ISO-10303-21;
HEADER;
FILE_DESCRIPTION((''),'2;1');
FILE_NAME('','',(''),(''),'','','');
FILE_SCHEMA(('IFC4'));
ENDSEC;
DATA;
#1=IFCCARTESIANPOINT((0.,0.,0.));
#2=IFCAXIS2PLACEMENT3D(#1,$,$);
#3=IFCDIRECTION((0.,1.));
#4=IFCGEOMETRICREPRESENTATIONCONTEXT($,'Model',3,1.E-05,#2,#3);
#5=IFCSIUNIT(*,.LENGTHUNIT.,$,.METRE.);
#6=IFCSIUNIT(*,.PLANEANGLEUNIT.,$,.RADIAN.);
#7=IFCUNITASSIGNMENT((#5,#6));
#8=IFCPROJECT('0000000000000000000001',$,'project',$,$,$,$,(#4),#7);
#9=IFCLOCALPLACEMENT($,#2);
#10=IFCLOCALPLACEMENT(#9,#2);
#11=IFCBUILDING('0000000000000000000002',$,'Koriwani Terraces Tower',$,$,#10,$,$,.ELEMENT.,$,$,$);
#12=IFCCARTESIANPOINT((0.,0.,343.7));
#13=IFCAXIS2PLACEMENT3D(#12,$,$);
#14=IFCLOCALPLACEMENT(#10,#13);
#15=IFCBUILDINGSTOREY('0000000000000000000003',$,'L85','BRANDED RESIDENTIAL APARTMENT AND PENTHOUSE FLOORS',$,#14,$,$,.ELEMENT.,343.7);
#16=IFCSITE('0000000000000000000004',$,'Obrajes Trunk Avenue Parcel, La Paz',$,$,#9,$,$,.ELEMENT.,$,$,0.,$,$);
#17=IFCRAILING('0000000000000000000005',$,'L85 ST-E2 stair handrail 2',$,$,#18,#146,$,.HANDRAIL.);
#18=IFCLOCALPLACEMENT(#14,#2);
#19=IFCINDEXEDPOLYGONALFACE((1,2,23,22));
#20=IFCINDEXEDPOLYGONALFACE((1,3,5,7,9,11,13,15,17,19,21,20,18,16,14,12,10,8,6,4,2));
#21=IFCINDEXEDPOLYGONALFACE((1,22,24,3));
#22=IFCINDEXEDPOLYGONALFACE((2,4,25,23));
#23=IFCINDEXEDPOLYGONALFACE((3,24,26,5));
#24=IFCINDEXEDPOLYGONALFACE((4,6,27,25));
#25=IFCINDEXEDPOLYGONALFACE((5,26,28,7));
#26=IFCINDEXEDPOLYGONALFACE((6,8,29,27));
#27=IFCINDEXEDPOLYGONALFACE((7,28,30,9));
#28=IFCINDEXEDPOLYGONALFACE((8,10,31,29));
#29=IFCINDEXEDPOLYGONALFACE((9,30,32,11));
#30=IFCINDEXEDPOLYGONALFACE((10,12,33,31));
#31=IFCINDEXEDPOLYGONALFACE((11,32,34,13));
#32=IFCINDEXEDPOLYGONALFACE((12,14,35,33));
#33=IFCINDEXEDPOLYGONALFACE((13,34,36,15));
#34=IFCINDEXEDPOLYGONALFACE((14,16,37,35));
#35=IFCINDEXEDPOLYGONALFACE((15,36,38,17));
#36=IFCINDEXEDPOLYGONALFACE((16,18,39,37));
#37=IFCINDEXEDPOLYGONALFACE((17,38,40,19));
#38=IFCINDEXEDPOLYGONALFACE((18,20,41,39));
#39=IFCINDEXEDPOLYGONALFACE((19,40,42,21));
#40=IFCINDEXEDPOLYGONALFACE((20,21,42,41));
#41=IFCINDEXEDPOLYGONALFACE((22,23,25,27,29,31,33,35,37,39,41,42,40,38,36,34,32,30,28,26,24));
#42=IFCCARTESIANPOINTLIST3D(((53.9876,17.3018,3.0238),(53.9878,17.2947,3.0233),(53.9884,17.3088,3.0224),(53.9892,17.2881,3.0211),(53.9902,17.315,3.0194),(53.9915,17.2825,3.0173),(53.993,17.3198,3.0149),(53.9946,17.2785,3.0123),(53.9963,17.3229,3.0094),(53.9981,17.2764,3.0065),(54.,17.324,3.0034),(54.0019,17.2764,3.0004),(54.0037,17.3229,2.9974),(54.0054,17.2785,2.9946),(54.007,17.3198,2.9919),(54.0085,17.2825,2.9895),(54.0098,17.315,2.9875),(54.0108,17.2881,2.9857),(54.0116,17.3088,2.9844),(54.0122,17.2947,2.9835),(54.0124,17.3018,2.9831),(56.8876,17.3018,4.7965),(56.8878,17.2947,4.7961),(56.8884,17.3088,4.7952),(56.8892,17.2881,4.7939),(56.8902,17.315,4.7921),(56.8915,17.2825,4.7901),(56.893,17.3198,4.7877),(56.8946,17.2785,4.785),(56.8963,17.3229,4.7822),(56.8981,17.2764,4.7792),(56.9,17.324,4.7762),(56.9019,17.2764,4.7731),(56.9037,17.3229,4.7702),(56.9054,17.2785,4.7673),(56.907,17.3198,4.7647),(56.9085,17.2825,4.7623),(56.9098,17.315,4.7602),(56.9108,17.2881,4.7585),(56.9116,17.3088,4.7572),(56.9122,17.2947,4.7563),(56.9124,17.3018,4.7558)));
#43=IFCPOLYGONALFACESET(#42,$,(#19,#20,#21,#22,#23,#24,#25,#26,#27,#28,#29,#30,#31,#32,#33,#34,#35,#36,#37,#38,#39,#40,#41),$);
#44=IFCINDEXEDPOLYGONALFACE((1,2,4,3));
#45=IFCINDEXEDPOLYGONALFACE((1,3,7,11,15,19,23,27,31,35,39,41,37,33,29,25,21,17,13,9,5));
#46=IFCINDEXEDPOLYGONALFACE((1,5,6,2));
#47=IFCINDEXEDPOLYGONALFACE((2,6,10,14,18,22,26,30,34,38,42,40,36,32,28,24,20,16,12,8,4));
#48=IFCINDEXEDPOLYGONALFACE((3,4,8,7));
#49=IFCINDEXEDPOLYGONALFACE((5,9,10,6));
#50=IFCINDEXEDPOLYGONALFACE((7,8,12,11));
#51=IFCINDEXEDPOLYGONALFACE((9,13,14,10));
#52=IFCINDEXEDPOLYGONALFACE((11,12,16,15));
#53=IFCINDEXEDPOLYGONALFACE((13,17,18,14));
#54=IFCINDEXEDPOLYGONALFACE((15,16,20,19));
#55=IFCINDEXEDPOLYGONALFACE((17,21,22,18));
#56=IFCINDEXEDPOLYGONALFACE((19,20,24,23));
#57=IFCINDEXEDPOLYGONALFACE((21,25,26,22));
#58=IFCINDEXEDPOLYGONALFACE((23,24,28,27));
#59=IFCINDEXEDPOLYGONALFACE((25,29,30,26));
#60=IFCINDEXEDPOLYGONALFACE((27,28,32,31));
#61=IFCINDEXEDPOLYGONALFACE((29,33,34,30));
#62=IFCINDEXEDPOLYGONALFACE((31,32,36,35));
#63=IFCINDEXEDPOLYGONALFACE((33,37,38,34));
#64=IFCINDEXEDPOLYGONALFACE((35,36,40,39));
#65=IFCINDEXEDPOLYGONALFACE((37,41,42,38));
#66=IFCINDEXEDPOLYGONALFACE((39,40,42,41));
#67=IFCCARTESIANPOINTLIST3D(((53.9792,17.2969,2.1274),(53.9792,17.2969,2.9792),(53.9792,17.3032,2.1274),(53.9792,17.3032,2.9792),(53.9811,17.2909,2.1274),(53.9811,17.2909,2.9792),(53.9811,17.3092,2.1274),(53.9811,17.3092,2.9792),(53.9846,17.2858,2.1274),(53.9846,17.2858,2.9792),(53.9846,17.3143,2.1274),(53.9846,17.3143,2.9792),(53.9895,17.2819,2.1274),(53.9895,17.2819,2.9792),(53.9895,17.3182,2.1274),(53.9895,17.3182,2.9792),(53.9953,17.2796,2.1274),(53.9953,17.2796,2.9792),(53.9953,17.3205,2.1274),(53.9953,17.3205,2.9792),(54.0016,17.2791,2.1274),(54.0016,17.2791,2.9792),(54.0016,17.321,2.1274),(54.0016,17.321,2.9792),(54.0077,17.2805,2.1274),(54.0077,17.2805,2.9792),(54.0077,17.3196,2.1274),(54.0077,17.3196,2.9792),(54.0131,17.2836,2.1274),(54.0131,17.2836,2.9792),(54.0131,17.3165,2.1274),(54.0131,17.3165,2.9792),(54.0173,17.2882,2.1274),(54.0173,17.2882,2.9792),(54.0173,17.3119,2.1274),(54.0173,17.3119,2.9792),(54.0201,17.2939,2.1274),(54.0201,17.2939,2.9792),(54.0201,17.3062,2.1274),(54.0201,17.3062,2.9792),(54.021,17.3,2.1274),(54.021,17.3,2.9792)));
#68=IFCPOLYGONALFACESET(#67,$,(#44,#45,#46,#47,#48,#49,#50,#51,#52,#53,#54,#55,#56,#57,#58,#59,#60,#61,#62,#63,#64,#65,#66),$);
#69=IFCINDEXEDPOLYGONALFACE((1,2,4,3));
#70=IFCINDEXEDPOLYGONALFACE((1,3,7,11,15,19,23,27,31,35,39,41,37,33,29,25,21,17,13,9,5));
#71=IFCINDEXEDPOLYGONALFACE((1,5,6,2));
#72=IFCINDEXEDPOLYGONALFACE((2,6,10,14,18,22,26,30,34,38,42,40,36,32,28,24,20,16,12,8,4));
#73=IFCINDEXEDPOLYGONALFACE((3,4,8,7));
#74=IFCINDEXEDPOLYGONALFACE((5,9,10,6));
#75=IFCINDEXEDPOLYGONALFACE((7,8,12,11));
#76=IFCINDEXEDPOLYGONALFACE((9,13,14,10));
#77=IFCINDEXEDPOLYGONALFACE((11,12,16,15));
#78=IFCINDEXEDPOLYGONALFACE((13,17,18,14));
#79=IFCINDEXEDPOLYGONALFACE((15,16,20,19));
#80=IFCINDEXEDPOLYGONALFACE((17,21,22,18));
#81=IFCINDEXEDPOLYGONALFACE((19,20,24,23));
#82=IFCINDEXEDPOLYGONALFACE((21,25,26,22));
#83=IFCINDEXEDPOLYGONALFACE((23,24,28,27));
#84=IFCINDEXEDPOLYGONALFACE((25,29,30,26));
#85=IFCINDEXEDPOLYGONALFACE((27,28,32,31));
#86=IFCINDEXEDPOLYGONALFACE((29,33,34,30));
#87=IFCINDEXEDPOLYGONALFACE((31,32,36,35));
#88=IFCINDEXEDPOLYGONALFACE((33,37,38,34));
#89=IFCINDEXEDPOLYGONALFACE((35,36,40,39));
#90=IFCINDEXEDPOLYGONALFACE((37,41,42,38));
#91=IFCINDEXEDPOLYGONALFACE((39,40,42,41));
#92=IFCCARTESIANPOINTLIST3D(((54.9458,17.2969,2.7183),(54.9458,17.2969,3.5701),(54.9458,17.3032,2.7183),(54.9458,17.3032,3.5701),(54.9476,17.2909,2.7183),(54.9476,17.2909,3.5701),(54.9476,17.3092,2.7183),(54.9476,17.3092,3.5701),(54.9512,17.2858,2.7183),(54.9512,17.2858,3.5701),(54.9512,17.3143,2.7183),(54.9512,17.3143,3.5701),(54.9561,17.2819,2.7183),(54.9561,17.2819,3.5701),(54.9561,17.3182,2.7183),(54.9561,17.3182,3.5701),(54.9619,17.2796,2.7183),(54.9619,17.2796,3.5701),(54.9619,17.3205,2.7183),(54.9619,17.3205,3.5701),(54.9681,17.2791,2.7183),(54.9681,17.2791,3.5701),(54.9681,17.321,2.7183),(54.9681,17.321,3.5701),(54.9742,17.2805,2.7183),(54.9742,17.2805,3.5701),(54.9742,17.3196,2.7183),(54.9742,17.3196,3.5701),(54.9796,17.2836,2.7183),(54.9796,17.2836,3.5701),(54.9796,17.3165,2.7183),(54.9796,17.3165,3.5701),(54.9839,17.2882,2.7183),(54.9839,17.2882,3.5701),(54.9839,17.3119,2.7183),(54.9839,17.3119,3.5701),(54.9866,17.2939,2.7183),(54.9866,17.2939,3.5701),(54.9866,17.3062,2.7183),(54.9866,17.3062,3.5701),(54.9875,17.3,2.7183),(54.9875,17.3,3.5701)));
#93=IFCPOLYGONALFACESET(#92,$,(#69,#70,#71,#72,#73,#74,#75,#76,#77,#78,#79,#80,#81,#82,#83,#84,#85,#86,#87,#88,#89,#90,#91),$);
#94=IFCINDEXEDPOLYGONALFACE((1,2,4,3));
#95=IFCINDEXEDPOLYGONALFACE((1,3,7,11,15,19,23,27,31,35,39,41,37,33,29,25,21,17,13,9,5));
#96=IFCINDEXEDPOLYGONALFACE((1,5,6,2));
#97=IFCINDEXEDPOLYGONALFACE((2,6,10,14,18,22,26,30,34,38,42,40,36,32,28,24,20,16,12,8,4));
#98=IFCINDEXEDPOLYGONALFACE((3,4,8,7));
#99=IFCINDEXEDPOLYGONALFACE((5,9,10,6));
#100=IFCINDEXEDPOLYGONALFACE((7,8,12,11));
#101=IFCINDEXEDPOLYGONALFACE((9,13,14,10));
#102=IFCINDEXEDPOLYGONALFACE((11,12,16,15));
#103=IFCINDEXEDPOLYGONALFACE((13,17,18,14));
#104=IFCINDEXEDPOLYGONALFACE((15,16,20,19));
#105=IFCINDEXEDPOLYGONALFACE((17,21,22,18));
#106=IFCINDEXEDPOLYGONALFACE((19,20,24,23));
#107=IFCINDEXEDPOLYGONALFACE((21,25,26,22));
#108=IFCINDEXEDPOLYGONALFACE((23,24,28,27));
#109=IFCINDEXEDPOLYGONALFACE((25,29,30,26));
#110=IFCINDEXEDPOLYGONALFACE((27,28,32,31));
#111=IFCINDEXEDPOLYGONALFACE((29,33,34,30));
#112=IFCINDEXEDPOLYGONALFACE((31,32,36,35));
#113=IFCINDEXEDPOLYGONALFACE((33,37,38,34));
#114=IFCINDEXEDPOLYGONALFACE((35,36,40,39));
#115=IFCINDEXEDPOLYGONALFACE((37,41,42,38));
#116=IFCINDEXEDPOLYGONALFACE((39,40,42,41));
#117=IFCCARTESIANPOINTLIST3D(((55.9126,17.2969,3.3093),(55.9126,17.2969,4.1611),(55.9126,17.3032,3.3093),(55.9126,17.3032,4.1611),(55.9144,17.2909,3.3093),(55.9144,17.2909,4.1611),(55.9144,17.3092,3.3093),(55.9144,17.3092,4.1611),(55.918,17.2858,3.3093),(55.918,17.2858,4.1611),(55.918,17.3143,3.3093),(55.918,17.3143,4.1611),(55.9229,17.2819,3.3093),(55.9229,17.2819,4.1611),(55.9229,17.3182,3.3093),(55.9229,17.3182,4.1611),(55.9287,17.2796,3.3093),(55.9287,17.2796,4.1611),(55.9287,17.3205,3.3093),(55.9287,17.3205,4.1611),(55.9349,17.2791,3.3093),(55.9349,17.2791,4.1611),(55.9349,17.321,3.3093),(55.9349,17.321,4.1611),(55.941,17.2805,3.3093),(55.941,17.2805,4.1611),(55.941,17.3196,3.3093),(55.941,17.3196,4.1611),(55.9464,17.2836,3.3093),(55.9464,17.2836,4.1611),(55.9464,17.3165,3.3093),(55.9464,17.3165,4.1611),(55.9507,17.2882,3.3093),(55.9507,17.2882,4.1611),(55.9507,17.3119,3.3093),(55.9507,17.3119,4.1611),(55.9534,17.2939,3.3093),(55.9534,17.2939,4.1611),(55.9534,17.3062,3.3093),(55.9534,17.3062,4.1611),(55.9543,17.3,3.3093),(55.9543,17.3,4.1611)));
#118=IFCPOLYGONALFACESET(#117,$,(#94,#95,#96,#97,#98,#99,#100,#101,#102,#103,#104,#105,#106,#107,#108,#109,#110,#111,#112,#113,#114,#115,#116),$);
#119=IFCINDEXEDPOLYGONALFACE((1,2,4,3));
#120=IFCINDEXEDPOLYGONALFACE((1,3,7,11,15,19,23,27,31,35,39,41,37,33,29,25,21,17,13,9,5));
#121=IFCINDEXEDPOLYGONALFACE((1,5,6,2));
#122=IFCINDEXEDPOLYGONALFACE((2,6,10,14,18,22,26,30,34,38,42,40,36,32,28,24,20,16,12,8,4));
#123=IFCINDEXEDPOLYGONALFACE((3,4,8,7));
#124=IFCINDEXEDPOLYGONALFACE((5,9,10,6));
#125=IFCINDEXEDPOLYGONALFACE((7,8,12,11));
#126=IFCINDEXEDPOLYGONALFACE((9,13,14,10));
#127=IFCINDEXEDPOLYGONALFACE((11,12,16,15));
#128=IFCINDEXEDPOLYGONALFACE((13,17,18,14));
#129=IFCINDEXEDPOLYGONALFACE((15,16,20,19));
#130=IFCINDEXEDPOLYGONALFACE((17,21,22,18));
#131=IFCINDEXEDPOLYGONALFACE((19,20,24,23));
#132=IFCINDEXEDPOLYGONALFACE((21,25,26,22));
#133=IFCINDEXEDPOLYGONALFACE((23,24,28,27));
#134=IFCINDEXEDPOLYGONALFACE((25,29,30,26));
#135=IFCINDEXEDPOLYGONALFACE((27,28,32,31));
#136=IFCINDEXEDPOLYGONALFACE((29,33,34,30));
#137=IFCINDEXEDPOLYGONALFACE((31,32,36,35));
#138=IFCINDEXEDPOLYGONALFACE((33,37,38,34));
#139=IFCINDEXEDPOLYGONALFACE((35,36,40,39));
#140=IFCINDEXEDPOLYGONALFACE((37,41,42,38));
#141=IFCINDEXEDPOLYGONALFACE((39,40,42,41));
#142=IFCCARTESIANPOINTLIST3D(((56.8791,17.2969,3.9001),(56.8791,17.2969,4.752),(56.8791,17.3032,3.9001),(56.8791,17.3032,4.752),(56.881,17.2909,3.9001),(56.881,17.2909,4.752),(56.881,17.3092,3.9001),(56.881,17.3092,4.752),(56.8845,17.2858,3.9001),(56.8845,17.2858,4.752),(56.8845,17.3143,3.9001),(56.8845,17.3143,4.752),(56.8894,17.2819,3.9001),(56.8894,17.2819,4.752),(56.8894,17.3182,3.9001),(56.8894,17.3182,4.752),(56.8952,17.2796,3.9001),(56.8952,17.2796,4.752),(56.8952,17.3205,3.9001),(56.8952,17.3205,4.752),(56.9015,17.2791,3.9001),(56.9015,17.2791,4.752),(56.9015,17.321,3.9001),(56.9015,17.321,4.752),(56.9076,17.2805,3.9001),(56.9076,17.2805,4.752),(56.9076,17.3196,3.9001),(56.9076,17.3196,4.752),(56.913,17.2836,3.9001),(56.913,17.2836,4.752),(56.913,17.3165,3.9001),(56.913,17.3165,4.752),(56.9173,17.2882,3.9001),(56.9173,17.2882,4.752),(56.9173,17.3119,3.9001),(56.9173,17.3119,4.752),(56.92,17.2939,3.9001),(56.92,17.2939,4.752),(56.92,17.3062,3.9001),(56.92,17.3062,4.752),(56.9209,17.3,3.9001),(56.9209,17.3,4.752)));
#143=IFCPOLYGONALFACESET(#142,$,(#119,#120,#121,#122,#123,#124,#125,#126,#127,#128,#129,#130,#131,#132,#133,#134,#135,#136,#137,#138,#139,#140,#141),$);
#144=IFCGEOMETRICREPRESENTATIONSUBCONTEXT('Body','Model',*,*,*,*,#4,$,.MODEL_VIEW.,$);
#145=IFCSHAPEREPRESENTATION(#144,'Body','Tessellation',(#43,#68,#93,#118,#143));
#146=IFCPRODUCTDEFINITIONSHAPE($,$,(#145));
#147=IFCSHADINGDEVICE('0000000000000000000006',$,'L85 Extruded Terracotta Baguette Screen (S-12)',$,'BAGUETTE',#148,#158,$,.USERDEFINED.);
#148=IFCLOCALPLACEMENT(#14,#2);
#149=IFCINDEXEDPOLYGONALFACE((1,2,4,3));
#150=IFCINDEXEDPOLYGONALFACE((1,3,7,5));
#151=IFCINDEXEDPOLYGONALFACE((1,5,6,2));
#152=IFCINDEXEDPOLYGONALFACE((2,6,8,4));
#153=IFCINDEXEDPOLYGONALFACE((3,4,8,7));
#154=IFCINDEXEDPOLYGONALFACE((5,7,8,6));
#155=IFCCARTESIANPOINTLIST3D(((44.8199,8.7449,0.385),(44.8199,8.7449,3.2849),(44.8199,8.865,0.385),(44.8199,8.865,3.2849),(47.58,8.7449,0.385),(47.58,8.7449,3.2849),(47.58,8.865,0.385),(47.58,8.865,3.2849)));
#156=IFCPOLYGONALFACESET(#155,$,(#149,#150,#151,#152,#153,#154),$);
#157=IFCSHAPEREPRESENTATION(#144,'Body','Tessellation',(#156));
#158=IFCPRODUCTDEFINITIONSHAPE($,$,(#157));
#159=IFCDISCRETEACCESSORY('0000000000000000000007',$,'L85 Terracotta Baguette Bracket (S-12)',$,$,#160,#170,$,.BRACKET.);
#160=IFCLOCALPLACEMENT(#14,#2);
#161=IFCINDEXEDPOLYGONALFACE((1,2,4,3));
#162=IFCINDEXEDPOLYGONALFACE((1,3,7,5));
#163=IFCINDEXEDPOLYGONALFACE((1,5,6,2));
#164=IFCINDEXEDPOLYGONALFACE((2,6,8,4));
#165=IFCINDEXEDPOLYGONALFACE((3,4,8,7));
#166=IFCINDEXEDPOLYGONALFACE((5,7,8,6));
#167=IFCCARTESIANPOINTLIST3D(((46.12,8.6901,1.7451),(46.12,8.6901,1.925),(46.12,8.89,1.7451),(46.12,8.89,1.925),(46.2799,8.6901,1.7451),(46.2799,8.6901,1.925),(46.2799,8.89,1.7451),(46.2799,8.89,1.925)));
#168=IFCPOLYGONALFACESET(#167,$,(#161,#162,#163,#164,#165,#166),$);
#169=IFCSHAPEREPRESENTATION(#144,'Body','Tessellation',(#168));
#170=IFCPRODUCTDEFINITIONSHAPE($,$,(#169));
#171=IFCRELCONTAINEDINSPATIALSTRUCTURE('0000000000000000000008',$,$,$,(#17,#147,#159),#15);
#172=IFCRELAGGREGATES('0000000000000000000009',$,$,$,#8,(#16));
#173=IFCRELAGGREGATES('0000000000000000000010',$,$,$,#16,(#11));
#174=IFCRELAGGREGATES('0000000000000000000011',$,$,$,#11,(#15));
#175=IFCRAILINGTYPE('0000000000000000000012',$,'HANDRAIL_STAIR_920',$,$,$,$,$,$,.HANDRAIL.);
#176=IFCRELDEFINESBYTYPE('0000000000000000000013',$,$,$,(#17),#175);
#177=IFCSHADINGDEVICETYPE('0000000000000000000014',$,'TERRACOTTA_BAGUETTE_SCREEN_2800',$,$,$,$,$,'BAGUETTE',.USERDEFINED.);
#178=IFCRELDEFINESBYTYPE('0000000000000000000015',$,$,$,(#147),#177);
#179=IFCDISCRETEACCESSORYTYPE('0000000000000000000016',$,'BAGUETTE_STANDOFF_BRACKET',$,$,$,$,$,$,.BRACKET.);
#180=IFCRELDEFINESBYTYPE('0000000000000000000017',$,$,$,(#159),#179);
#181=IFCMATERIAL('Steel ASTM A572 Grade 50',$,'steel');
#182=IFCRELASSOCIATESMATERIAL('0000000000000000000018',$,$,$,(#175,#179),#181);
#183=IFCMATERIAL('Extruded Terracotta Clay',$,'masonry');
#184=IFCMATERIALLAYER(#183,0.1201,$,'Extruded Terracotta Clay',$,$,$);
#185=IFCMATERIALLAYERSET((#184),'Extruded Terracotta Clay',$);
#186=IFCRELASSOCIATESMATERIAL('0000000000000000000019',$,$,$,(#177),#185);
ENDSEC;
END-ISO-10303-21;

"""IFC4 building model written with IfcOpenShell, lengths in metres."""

from ifc_helpers import new_model, si_unit, direction, frame, origin, origin_2d, place, context, subcontext, project, spatial, rectangle, circle, extrude, material, layer, layer_set, type_object, element, save


model = new_model("IFC4")

# Units and contexts
model_context = context("Model", 3, precision=1e-05, world=origin(), true_north=direction((0.0, 1.0)))
body_context = subcontext(model_context, "Body", "Model", "MODEL_VIEW")
ifc_project = project(units=[si_unit("LENGTHUNIT", "METRE"), si_unit("PLANEANGLEUNIT", "RADIAN")], contexts=[model_context])

# Site, building, storey
site_placement = place(None, origin())
site = spatial("IfcSite", under=ifc_project, at=site_placement, Name="Obrajes Trunk Avenue Parcel, La Paz", CompositionType="ELEMENT", RefElevation=0.0)
building_placement = place(site_placement, origin())
building = spatial("IfcBuilding", under=site, at=building_placement, Name="Koriwani Terraces Tower", CompositionType="ELEMENT")
storey_placement = place(building_placement, frame((0.0, 0.0, 343.7)))
storey = spatial("IfcBuildingStorey", under=building, at=storey_placement, Name="L85", Description="BRANDED RESIDENTIAL APARTMENT AND PENTHOUSE FLOORS", CompositionType="ELEMENT", Elevation=343.7)

# Railing
ifc_material_1 = material(Name="Steel ASTM A572 Grade 50", Category="steel")
railing_type_1 = type_object("IfcRailingType", Name="HANDRAIL_STAIR_920", PredefinedType="HANDRAIL", material=ifc_material_1)
for number, where, name in (
    (1, (54.0, 17.3, 2.1274), "L85 ST-E2 stair handrail 2"),
):
    element("IfcRailing", number, at=place(storey_placement, frame(where)), inside=storey, type_object=railing_type_1, Name=name, PredefinedType="HANDRAIL", context=body_context, shape_type="SweptSolid", body=[
        extrude(circle(Radius=0.0239, at=origin_2d()), frame((0.0, 0.0, 0.876), z_axis=(0.853211, 0.0, 0.521566), x_axis=(0.0, 1.0, 0.0)), (0.0, 0.0, 1.0), 3.3989),
        extrude(circle(Radius=0.021, at=origin_2d()), origin(), (0.0, 0.0, 1.0), 0.8518),
        extrude(circle(Radius=0.021, at=origin_2d()), frame((0.9666, 0.0, 0.5908)), (0.0, 0.0, 1.0), 0.8518),
        extrude(circle(Radius=0.021, at=origin_2d()), frame((1.9333, 0.0, 1.1819)), (0.0, 0.0, 1.0), 0.8518),
        extrude(circle(Radius=0.021, at=origin_2d()), frame((2.8999, 0.0, 1.7727)), (0.0, 0.0, 1.0), 0.8518),
    ])

# Shading device
ifc_material_2 = material(Name="Extruded Terracotta Clay", Category="masonry")
ifc_layer_1 = layer(ifc_material_2, 0.1201, Name="Extruded Terracotta Clay")
ifc_layer_set_1 = layer_set([ifc_layer_1], Name="Extruded Terracotta Clay")
shading_device_type = type_object("IfcShadingDeviceType", Name="TERRACOTTA_BAGUETTE_SCREEN_2800", ElementType="BAGUETTE", PredefinedType="USERDEFINED", material=ifc_layer_set_1)
shading_device_placement = place(storey_placement, frame((46.2, 8.8049, 0.385), z_axis=(0.0, 0.0, 1.0), x_axis=(-1.0, 0.0, 0.0)))
element("IfcShadingDevice", 2, at=shading_device_placement, inside=storey, type_object=shading_device_type, Name="L85 Extruded Terracotta Baguette Screen (S-12)", ObjectType="BAGUETTE", PredefinedType="USERDEFINED", context=body_context, shape_type="SweptSolid", body=[
    extrude(rectangle(XDim=2.76, YDim=0.1201, at=origin_2d()), origin(), (0.0, 0.0, 1.0), 2.8999),
])

# Discrete accessory
discrete_accessory_type = type_object("IfcDiscreteAccessoryType", Name="BAGUETTE_STANDOFF_BRACKET", PredefinedType="BRACKET", material=ifc_material_1)
discrete_accessory_placement = place(storey_placement, frame((46.2, 8.79, 1.7451), z_axis=(0.0, 0.0, 1.0), x_axis=(-1.0, 0.0, 0.0)))
element("IfcDiscreteAccessory", 3, at=discrete_accessory_placement, inside=storey, type_object=discrete_accessory_type, Name="L85 Terracotta Baguette Bracket (S-12)", PredefinedType="BRACKET", context=body_context, shape_type="SweptSolid", body=[
    extrude(rectangle(XDim=0.1599, YDim=0.2, at=origin_2d()), origin(), (0.0, 0.0, 1.0), 0.1799),
])

save(model, "model.ifc")
